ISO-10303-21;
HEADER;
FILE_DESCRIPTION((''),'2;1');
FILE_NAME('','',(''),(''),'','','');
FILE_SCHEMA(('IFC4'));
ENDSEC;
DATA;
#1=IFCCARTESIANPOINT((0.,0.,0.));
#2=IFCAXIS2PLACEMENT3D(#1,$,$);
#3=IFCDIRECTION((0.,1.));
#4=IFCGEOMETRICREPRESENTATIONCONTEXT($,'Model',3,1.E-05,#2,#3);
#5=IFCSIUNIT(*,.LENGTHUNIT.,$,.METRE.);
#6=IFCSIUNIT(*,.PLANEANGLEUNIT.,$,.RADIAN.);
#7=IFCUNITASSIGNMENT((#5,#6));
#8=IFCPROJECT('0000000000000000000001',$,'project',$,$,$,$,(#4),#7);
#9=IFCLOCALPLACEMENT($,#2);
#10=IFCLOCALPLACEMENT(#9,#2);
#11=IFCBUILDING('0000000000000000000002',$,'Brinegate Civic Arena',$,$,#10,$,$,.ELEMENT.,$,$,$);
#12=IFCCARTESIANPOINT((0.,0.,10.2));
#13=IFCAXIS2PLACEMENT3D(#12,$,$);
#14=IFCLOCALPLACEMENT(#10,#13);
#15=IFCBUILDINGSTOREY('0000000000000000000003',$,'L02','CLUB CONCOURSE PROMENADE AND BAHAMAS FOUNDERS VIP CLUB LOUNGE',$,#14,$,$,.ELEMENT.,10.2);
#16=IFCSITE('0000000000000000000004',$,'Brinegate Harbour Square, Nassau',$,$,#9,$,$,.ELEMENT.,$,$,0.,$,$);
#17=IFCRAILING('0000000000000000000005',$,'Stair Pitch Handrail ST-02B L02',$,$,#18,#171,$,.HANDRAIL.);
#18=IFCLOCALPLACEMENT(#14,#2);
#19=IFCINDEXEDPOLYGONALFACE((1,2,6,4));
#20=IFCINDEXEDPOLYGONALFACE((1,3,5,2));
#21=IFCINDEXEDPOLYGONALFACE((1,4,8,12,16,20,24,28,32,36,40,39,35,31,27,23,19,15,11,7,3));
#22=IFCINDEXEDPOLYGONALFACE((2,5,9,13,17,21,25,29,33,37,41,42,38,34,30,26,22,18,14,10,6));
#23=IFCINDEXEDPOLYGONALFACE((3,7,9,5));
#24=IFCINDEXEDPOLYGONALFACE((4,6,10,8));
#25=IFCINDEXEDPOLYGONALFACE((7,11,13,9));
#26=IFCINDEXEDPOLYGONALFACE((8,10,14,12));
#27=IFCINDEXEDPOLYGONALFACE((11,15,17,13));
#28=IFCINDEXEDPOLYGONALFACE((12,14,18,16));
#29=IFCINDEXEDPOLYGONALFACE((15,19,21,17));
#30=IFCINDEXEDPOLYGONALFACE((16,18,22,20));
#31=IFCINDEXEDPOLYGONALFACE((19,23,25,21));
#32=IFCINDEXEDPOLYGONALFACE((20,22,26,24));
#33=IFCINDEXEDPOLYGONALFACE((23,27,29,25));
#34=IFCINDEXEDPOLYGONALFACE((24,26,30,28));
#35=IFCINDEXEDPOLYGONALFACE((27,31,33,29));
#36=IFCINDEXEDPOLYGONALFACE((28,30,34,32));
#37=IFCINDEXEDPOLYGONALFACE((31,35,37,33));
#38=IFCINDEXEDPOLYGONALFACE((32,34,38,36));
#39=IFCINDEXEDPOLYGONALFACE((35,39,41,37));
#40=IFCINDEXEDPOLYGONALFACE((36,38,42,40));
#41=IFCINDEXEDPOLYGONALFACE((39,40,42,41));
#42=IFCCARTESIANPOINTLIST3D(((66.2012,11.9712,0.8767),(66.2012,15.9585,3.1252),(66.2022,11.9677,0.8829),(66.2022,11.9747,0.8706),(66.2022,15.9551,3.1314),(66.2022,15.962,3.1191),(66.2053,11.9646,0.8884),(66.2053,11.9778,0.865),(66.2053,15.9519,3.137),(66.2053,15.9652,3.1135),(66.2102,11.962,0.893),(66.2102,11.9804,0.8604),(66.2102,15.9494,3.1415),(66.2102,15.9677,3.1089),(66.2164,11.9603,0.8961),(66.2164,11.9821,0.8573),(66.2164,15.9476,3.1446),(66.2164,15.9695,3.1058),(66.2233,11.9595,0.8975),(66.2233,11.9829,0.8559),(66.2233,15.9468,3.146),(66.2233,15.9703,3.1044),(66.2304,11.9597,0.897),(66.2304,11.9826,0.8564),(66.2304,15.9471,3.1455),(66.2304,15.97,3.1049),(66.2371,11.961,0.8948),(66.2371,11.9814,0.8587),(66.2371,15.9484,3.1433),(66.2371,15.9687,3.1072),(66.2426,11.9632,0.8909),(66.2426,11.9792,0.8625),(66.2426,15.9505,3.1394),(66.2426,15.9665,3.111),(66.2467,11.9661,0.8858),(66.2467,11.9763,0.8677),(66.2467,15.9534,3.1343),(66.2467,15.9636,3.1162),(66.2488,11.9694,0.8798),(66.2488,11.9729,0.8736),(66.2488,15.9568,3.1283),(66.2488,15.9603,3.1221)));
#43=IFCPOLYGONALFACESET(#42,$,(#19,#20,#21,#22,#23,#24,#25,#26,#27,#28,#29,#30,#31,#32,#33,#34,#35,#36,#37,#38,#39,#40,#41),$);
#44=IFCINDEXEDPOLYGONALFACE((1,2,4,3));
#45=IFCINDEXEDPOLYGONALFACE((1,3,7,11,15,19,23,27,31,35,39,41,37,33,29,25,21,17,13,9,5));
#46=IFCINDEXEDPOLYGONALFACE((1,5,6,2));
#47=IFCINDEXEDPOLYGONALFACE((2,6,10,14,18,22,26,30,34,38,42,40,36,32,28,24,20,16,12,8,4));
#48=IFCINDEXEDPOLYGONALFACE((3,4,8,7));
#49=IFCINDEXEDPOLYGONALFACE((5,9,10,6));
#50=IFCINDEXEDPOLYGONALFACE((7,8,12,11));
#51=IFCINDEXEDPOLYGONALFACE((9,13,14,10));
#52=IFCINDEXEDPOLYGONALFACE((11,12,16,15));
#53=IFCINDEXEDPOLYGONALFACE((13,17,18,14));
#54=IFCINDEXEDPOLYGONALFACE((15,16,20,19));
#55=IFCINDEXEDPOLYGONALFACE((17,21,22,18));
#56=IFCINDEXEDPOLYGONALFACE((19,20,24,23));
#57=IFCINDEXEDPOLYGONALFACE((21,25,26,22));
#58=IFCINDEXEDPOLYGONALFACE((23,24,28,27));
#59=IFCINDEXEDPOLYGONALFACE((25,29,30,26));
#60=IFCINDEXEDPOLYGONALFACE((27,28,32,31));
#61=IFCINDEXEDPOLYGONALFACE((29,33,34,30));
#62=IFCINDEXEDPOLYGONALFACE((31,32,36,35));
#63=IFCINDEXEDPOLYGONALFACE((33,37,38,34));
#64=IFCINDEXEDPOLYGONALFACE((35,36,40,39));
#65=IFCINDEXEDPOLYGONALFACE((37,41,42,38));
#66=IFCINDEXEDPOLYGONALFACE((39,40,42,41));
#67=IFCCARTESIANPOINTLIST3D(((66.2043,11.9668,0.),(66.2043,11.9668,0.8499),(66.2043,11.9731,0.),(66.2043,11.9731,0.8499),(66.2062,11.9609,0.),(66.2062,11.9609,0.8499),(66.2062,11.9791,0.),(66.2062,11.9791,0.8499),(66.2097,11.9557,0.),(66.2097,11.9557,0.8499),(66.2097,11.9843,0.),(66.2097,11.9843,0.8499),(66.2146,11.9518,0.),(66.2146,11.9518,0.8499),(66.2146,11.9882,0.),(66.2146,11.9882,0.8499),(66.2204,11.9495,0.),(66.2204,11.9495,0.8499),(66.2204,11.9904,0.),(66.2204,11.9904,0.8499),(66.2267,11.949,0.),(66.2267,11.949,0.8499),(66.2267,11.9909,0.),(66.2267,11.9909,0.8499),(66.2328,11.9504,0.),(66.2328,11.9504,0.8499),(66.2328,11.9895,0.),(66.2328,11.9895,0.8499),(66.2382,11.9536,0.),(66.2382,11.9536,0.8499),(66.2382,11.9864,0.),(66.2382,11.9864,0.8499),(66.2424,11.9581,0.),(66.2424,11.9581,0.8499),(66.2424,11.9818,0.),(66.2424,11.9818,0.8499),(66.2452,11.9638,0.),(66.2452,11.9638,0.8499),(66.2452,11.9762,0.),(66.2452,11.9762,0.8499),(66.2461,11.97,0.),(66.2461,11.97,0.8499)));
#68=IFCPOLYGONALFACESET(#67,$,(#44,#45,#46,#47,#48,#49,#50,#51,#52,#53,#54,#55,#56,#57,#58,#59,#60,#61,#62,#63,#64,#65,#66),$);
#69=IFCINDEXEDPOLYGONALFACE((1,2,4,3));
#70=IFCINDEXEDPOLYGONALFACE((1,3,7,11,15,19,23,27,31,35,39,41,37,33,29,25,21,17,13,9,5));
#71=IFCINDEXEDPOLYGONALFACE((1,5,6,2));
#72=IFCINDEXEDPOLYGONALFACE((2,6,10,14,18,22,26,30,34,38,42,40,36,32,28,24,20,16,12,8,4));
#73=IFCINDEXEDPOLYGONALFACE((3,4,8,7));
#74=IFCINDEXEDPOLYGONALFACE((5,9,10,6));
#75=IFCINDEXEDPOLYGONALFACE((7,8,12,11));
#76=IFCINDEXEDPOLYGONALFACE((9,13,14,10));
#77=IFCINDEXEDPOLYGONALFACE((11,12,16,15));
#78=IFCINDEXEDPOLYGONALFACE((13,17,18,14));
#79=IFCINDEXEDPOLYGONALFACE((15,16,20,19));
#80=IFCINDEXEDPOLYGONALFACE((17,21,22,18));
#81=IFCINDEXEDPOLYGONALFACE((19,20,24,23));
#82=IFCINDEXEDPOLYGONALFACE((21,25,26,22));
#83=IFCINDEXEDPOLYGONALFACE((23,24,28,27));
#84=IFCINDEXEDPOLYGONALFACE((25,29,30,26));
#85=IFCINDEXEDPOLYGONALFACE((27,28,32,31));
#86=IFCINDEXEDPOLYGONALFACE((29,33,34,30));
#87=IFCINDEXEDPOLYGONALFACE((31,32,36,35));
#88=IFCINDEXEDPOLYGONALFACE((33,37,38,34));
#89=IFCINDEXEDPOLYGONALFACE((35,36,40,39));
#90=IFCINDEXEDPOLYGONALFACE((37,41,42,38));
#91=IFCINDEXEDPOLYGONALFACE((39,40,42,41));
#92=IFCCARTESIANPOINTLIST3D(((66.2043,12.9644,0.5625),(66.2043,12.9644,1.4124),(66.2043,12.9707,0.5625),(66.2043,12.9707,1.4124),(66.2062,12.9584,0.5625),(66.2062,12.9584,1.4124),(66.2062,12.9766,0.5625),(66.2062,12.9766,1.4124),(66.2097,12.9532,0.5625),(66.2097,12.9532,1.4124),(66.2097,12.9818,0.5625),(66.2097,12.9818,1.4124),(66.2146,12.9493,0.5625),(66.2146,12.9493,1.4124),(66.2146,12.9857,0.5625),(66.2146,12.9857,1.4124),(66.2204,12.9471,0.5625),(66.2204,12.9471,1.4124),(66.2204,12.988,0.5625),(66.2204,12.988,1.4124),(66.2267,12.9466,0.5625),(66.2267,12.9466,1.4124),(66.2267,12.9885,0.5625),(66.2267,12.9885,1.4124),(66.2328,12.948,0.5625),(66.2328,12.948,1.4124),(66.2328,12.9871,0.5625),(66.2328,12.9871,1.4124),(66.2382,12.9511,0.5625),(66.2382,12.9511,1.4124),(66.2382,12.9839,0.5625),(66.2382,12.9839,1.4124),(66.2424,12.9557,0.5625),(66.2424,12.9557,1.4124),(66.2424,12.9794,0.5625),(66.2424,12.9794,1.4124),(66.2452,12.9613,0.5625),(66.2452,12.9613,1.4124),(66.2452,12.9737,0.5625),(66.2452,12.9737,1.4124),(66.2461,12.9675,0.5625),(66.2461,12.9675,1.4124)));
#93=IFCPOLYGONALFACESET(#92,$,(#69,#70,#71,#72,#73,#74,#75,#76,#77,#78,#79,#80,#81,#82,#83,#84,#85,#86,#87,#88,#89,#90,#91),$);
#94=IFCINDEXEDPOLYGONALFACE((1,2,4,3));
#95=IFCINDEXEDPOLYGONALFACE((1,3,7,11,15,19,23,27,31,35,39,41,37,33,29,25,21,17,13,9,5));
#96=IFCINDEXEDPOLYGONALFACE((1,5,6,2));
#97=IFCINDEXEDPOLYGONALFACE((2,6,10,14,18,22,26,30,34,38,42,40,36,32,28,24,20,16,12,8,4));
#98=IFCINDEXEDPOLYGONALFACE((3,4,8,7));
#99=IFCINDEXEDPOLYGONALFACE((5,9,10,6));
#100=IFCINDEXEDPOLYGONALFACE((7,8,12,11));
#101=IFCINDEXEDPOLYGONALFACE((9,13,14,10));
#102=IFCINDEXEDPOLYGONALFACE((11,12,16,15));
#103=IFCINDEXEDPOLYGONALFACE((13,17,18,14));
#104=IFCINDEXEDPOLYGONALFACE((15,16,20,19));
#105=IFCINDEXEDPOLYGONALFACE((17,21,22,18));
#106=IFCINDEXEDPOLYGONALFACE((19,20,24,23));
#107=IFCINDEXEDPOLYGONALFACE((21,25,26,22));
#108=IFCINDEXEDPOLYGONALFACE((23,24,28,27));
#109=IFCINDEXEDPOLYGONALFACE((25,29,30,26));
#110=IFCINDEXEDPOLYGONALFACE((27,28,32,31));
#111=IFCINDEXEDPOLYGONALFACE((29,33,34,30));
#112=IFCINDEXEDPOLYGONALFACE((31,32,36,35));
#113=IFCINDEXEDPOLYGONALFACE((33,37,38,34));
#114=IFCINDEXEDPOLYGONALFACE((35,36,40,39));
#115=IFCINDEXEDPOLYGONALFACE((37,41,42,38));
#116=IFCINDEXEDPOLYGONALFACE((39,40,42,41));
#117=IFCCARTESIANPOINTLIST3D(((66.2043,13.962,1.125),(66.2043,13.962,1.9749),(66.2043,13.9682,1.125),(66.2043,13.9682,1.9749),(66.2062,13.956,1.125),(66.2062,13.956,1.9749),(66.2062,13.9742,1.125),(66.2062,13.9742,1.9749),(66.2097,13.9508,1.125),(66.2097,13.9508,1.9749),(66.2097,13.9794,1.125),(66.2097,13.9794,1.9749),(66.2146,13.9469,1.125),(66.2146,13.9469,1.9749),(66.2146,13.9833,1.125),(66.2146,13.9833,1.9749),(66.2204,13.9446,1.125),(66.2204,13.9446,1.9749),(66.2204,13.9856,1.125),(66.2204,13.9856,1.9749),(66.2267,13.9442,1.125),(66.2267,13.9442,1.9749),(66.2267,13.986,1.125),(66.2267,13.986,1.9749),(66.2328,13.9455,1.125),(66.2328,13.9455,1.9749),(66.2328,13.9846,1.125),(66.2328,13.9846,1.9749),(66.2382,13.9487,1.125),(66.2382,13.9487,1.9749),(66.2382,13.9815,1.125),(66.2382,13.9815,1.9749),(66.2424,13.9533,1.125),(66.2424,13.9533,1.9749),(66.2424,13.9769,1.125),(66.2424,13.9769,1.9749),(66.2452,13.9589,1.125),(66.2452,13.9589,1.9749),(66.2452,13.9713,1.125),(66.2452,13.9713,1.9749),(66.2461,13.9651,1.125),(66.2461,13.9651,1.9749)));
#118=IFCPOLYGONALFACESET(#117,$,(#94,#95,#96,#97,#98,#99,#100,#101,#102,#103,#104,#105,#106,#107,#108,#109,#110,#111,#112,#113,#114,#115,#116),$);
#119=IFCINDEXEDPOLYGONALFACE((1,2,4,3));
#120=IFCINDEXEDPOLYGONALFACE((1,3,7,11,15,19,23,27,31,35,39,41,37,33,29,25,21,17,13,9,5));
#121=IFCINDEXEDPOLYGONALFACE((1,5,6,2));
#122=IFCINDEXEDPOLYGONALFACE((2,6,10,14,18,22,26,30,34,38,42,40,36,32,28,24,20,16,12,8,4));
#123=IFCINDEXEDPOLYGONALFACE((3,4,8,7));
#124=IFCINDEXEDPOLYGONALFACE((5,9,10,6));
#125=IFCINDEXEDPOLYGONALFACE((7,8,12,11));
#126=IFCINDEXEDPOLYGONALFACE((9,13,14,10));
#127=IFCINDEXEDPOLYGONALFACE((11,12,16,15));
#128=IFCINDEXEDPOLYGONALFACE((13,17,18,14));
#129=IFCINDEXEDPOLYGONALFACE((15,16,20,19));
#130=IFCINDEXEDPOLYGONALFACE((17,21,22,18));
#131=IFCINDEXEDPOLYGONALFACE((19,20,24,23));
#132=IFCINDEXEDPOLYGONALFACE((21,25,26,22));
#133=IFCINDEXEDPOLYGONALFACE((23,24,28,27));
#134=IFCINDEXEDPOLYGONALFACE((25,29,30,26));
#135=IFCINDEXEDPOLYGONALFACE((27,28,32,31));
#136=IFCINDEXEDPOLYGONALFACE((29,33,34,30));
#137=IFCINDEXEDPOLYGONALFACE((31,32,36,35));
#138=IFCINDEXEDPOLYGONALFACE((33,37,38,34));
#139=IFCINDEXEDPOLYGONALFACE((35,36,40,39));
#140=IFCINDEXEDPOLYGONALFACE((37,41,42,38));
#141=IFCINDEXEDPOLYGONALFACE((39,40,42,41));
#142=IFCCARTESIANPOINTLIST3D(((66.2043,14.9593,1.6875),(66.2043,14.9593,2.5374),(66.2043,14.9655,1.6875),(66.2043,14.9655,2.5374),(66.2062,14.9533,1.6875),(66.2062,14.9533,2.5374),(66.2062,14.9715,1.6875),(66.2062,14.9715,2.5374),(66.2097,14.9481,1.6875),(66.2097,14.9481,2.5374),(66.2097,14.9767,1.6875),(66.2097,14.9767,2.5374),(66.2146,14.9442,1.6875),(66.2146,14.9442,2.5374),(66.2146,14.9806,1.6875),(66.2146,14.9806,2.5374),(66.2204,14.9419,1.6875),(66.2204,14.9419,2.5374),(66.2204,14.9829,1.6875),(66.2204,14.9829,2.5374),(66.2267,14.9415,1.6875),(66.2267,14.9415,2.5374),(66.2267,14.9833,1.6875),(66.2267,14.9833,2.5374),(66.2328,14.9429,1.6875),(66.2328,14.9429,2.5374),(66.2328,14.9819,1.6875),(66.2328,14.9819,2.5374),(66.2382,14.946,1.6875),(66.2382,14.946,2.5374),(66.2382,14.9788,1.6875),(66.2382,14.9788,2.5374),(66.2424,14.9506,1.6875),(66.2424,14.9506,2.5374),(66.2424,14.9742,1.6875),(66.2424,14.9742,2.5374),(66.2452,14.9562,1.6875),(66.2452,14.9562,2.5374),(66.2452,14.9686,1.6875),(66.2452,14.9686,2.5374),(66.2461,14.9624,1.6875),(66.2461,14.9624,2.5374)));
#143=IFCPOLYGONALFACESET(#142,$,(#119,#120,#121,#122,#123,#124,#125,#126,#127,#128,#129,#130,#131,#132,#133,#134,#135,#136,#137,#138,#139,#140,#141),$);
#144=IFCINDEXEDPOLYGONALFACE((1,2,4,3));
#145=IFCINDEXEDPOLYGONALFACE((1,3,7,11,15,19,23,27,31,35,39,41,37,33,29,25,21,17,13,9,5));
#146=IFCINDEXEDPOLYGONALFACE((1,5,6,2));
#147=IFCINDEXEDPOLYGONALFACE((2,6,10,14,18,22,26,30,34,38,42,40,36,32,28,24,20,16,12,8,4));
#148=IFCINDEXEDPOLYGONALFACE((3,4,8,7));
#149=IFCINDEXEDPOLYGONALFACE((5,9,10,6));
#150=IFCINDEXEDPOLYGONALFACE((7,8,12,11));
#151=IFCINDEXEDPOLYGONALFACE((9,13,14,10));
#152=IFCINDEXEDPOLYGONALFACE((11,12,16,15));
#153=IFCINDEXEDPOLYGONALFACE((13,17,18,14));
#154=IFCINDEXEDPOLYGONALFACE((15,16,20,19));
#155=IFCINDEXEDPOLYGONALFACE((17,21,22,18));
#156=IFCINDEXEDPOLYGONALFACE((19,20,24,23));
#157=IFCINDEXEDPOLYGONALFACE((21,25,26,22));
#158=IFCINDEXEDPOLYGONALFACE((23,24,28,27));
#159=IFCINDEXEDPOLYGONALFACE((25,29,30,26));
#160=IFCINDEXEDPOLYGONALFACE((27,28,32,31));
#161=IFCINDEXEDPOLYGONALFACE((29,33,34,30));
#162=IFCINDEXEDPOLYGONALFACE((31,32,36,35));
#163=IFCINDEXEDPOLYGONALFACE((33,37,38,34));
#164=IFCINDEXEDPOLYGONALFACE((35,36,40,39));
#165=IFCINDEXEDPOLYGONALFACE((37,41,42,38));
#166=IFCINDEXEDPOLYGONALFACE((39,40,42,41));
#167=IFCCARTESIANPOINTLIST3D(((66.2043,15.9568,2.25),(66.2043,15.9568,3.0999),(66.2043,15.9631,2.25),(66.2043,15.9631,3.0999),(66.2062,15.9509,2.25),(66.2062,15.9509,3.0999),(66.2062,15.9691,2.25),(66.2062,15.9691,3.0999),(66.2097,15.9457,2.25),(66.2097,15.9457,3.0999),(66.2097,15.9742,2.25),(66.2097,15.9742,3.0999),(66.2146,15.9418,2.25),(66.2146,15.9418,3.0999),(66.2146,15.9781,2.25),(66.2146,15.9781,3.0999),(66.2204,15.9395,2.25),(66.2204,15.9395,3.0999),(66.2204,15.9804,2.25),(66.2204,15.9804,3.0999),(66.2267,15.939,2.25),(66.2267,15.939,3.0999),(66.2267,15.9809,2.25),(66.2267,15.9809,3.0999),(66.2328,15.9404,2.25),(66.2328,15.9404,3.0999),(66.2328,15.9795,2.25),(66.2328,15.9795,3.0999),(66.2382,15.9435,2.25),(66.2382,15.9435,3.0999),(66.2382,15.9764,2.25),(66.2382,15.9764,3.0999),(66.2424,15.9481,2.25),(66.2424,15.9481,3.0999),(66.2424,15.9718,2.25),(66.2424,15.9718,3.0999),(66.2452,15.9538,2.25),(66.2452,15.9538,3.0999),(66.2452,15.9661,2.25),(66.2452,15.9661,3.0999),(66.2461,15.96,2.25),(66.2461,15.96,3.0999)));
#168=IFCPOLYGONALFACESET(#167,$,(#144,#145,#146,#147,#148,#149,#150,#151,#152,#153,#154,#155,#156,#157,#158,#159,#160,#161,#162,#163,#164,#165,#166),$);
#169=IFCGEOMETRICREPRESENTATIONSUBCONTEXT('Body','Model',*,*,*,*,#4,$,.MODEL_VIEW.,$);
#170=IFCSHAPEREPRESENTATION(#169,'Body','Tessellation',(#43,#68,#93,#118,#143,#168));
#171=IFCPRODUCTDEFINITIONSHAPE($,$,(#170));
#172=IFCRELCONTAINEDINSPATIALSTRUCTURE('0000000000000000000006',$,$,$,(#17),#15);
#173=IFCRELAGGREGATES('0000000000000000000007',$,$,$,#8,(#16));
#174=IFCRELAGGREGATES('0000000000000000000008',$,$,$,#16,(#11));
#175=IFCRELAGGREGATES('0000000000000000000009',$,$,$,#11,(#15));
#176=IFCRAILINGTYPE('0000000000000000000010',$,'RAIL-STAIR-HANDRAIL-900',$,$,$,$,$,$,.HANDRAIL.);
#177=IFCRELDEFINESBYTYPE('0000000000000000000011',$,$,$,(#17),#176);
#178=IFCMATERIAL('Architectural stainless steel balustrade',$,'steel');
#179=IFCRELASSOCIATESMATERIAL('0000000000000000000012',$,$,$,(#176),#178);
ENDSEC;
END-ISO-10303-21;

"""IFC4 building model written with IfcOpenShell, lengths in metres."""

from ifc_helpers import new_model, si_unit, direction, frame, origin, origin_2d, place, context, subcontext, project, spatial, circle, extrude, material, type_object, element, save


model = new_model("IFC4")

# Units and contexts
model_context = context("Model", 3, precision=1e-05, world=origin(), true_north=direction((0.0, 1.0)))
body_context = subcontext(model_context, "Body", "Model", "MODEL_VIEW")
ifc_project = project(units=[si_unit("LENGTHUNIT", "METRE"), si_unit("PLANEANGLEUNIT", "RADIAN")], contexts=[model_context])

# Site, building, storey
site_placement = place(None, origin())
site = spatial("IfcSite", under=ifc_project, at=site_placement, Name="Brinegate Harbour Square, Nassau", CompositionType="ELEMENT", RefElevation=0.0)
building_placement = place(site_placement, origin())
building = spatial("IfcBuilding", under=site, at=building_placement, Name="Brinegate Civic Arena", CompositionType="ELEMENT")
storey_placement = place(building_placement, frame((0.0, 0.0, 10.2)))
storey = spatial("IfcBuildingStorey", under=building, at=storey_placement, Name="L02", Description="CLUB CONCOURSE PROMENADE AND BAHAMAS FOUNDERS VIP CLUB LOUNGE", CompositionType="ELEMENT", Elevation=10.2)

# Railing
ifc_material_1 = material(Name="Architectural stainless steel balustrade", Category="steel")
railing_type_1 = type_object("IfcRailingType", Name="RAIL-STAIR-HANDRAIL-900", PredefinedType="HANDRAIL", material=ifc_material_1)
for number, where, name in (
    (1, (66.2251, 11.97, 0.0), "Stair Pitch Handrail ST-02B L02"),
):
    element("IfcRailing", number, at=place(storey_placement, frame(where)), inside=storey, type_object=railing_type_1, Name=name, PredefinedType="HANDRAIL", context=body_context, shape_type="SweptSolid", body=[
        extrude(circle(Radius=0.0239, at=origin_2d()), frame((0.0, 0.0012, 0.8767), z_axis=(0.0, 0.87105, 0.491195), x_axis=(-1.0, 0.0, 0.0)), (0.0, 0.0, 1.0), 4.5776),
        extrude(circle(Radius=0.021, at=origin_2d()), origin(), (0.0, 0.0, 1.0), 0.8499),
        extrude(circle(Radius=0.021, at=origin_2d()), frame((0.0, 0.9976, 0.5625)), (0.0, 0.0, 1.0), 0.8499),
        extrude(circle(Radius=0.021, at=origin_2d()), frame((0.0, 1.9951, 1.125)), (0.0, 0.0, 1.0), 0.8499),
        extrude(circle(Radius=0.021, at=origin_2d()), frame((0.0, 2.9924, 1.6875)), (0.0, 0.0, 1.0), 0.8499),
        extrude(circle(Radius=0.021, at=origin_2d()), frame((0.0, 3.99, 2.25)), (0.0, 0.0, 1.0), 0.8499),
    ])

save(model, "model.ifc")
